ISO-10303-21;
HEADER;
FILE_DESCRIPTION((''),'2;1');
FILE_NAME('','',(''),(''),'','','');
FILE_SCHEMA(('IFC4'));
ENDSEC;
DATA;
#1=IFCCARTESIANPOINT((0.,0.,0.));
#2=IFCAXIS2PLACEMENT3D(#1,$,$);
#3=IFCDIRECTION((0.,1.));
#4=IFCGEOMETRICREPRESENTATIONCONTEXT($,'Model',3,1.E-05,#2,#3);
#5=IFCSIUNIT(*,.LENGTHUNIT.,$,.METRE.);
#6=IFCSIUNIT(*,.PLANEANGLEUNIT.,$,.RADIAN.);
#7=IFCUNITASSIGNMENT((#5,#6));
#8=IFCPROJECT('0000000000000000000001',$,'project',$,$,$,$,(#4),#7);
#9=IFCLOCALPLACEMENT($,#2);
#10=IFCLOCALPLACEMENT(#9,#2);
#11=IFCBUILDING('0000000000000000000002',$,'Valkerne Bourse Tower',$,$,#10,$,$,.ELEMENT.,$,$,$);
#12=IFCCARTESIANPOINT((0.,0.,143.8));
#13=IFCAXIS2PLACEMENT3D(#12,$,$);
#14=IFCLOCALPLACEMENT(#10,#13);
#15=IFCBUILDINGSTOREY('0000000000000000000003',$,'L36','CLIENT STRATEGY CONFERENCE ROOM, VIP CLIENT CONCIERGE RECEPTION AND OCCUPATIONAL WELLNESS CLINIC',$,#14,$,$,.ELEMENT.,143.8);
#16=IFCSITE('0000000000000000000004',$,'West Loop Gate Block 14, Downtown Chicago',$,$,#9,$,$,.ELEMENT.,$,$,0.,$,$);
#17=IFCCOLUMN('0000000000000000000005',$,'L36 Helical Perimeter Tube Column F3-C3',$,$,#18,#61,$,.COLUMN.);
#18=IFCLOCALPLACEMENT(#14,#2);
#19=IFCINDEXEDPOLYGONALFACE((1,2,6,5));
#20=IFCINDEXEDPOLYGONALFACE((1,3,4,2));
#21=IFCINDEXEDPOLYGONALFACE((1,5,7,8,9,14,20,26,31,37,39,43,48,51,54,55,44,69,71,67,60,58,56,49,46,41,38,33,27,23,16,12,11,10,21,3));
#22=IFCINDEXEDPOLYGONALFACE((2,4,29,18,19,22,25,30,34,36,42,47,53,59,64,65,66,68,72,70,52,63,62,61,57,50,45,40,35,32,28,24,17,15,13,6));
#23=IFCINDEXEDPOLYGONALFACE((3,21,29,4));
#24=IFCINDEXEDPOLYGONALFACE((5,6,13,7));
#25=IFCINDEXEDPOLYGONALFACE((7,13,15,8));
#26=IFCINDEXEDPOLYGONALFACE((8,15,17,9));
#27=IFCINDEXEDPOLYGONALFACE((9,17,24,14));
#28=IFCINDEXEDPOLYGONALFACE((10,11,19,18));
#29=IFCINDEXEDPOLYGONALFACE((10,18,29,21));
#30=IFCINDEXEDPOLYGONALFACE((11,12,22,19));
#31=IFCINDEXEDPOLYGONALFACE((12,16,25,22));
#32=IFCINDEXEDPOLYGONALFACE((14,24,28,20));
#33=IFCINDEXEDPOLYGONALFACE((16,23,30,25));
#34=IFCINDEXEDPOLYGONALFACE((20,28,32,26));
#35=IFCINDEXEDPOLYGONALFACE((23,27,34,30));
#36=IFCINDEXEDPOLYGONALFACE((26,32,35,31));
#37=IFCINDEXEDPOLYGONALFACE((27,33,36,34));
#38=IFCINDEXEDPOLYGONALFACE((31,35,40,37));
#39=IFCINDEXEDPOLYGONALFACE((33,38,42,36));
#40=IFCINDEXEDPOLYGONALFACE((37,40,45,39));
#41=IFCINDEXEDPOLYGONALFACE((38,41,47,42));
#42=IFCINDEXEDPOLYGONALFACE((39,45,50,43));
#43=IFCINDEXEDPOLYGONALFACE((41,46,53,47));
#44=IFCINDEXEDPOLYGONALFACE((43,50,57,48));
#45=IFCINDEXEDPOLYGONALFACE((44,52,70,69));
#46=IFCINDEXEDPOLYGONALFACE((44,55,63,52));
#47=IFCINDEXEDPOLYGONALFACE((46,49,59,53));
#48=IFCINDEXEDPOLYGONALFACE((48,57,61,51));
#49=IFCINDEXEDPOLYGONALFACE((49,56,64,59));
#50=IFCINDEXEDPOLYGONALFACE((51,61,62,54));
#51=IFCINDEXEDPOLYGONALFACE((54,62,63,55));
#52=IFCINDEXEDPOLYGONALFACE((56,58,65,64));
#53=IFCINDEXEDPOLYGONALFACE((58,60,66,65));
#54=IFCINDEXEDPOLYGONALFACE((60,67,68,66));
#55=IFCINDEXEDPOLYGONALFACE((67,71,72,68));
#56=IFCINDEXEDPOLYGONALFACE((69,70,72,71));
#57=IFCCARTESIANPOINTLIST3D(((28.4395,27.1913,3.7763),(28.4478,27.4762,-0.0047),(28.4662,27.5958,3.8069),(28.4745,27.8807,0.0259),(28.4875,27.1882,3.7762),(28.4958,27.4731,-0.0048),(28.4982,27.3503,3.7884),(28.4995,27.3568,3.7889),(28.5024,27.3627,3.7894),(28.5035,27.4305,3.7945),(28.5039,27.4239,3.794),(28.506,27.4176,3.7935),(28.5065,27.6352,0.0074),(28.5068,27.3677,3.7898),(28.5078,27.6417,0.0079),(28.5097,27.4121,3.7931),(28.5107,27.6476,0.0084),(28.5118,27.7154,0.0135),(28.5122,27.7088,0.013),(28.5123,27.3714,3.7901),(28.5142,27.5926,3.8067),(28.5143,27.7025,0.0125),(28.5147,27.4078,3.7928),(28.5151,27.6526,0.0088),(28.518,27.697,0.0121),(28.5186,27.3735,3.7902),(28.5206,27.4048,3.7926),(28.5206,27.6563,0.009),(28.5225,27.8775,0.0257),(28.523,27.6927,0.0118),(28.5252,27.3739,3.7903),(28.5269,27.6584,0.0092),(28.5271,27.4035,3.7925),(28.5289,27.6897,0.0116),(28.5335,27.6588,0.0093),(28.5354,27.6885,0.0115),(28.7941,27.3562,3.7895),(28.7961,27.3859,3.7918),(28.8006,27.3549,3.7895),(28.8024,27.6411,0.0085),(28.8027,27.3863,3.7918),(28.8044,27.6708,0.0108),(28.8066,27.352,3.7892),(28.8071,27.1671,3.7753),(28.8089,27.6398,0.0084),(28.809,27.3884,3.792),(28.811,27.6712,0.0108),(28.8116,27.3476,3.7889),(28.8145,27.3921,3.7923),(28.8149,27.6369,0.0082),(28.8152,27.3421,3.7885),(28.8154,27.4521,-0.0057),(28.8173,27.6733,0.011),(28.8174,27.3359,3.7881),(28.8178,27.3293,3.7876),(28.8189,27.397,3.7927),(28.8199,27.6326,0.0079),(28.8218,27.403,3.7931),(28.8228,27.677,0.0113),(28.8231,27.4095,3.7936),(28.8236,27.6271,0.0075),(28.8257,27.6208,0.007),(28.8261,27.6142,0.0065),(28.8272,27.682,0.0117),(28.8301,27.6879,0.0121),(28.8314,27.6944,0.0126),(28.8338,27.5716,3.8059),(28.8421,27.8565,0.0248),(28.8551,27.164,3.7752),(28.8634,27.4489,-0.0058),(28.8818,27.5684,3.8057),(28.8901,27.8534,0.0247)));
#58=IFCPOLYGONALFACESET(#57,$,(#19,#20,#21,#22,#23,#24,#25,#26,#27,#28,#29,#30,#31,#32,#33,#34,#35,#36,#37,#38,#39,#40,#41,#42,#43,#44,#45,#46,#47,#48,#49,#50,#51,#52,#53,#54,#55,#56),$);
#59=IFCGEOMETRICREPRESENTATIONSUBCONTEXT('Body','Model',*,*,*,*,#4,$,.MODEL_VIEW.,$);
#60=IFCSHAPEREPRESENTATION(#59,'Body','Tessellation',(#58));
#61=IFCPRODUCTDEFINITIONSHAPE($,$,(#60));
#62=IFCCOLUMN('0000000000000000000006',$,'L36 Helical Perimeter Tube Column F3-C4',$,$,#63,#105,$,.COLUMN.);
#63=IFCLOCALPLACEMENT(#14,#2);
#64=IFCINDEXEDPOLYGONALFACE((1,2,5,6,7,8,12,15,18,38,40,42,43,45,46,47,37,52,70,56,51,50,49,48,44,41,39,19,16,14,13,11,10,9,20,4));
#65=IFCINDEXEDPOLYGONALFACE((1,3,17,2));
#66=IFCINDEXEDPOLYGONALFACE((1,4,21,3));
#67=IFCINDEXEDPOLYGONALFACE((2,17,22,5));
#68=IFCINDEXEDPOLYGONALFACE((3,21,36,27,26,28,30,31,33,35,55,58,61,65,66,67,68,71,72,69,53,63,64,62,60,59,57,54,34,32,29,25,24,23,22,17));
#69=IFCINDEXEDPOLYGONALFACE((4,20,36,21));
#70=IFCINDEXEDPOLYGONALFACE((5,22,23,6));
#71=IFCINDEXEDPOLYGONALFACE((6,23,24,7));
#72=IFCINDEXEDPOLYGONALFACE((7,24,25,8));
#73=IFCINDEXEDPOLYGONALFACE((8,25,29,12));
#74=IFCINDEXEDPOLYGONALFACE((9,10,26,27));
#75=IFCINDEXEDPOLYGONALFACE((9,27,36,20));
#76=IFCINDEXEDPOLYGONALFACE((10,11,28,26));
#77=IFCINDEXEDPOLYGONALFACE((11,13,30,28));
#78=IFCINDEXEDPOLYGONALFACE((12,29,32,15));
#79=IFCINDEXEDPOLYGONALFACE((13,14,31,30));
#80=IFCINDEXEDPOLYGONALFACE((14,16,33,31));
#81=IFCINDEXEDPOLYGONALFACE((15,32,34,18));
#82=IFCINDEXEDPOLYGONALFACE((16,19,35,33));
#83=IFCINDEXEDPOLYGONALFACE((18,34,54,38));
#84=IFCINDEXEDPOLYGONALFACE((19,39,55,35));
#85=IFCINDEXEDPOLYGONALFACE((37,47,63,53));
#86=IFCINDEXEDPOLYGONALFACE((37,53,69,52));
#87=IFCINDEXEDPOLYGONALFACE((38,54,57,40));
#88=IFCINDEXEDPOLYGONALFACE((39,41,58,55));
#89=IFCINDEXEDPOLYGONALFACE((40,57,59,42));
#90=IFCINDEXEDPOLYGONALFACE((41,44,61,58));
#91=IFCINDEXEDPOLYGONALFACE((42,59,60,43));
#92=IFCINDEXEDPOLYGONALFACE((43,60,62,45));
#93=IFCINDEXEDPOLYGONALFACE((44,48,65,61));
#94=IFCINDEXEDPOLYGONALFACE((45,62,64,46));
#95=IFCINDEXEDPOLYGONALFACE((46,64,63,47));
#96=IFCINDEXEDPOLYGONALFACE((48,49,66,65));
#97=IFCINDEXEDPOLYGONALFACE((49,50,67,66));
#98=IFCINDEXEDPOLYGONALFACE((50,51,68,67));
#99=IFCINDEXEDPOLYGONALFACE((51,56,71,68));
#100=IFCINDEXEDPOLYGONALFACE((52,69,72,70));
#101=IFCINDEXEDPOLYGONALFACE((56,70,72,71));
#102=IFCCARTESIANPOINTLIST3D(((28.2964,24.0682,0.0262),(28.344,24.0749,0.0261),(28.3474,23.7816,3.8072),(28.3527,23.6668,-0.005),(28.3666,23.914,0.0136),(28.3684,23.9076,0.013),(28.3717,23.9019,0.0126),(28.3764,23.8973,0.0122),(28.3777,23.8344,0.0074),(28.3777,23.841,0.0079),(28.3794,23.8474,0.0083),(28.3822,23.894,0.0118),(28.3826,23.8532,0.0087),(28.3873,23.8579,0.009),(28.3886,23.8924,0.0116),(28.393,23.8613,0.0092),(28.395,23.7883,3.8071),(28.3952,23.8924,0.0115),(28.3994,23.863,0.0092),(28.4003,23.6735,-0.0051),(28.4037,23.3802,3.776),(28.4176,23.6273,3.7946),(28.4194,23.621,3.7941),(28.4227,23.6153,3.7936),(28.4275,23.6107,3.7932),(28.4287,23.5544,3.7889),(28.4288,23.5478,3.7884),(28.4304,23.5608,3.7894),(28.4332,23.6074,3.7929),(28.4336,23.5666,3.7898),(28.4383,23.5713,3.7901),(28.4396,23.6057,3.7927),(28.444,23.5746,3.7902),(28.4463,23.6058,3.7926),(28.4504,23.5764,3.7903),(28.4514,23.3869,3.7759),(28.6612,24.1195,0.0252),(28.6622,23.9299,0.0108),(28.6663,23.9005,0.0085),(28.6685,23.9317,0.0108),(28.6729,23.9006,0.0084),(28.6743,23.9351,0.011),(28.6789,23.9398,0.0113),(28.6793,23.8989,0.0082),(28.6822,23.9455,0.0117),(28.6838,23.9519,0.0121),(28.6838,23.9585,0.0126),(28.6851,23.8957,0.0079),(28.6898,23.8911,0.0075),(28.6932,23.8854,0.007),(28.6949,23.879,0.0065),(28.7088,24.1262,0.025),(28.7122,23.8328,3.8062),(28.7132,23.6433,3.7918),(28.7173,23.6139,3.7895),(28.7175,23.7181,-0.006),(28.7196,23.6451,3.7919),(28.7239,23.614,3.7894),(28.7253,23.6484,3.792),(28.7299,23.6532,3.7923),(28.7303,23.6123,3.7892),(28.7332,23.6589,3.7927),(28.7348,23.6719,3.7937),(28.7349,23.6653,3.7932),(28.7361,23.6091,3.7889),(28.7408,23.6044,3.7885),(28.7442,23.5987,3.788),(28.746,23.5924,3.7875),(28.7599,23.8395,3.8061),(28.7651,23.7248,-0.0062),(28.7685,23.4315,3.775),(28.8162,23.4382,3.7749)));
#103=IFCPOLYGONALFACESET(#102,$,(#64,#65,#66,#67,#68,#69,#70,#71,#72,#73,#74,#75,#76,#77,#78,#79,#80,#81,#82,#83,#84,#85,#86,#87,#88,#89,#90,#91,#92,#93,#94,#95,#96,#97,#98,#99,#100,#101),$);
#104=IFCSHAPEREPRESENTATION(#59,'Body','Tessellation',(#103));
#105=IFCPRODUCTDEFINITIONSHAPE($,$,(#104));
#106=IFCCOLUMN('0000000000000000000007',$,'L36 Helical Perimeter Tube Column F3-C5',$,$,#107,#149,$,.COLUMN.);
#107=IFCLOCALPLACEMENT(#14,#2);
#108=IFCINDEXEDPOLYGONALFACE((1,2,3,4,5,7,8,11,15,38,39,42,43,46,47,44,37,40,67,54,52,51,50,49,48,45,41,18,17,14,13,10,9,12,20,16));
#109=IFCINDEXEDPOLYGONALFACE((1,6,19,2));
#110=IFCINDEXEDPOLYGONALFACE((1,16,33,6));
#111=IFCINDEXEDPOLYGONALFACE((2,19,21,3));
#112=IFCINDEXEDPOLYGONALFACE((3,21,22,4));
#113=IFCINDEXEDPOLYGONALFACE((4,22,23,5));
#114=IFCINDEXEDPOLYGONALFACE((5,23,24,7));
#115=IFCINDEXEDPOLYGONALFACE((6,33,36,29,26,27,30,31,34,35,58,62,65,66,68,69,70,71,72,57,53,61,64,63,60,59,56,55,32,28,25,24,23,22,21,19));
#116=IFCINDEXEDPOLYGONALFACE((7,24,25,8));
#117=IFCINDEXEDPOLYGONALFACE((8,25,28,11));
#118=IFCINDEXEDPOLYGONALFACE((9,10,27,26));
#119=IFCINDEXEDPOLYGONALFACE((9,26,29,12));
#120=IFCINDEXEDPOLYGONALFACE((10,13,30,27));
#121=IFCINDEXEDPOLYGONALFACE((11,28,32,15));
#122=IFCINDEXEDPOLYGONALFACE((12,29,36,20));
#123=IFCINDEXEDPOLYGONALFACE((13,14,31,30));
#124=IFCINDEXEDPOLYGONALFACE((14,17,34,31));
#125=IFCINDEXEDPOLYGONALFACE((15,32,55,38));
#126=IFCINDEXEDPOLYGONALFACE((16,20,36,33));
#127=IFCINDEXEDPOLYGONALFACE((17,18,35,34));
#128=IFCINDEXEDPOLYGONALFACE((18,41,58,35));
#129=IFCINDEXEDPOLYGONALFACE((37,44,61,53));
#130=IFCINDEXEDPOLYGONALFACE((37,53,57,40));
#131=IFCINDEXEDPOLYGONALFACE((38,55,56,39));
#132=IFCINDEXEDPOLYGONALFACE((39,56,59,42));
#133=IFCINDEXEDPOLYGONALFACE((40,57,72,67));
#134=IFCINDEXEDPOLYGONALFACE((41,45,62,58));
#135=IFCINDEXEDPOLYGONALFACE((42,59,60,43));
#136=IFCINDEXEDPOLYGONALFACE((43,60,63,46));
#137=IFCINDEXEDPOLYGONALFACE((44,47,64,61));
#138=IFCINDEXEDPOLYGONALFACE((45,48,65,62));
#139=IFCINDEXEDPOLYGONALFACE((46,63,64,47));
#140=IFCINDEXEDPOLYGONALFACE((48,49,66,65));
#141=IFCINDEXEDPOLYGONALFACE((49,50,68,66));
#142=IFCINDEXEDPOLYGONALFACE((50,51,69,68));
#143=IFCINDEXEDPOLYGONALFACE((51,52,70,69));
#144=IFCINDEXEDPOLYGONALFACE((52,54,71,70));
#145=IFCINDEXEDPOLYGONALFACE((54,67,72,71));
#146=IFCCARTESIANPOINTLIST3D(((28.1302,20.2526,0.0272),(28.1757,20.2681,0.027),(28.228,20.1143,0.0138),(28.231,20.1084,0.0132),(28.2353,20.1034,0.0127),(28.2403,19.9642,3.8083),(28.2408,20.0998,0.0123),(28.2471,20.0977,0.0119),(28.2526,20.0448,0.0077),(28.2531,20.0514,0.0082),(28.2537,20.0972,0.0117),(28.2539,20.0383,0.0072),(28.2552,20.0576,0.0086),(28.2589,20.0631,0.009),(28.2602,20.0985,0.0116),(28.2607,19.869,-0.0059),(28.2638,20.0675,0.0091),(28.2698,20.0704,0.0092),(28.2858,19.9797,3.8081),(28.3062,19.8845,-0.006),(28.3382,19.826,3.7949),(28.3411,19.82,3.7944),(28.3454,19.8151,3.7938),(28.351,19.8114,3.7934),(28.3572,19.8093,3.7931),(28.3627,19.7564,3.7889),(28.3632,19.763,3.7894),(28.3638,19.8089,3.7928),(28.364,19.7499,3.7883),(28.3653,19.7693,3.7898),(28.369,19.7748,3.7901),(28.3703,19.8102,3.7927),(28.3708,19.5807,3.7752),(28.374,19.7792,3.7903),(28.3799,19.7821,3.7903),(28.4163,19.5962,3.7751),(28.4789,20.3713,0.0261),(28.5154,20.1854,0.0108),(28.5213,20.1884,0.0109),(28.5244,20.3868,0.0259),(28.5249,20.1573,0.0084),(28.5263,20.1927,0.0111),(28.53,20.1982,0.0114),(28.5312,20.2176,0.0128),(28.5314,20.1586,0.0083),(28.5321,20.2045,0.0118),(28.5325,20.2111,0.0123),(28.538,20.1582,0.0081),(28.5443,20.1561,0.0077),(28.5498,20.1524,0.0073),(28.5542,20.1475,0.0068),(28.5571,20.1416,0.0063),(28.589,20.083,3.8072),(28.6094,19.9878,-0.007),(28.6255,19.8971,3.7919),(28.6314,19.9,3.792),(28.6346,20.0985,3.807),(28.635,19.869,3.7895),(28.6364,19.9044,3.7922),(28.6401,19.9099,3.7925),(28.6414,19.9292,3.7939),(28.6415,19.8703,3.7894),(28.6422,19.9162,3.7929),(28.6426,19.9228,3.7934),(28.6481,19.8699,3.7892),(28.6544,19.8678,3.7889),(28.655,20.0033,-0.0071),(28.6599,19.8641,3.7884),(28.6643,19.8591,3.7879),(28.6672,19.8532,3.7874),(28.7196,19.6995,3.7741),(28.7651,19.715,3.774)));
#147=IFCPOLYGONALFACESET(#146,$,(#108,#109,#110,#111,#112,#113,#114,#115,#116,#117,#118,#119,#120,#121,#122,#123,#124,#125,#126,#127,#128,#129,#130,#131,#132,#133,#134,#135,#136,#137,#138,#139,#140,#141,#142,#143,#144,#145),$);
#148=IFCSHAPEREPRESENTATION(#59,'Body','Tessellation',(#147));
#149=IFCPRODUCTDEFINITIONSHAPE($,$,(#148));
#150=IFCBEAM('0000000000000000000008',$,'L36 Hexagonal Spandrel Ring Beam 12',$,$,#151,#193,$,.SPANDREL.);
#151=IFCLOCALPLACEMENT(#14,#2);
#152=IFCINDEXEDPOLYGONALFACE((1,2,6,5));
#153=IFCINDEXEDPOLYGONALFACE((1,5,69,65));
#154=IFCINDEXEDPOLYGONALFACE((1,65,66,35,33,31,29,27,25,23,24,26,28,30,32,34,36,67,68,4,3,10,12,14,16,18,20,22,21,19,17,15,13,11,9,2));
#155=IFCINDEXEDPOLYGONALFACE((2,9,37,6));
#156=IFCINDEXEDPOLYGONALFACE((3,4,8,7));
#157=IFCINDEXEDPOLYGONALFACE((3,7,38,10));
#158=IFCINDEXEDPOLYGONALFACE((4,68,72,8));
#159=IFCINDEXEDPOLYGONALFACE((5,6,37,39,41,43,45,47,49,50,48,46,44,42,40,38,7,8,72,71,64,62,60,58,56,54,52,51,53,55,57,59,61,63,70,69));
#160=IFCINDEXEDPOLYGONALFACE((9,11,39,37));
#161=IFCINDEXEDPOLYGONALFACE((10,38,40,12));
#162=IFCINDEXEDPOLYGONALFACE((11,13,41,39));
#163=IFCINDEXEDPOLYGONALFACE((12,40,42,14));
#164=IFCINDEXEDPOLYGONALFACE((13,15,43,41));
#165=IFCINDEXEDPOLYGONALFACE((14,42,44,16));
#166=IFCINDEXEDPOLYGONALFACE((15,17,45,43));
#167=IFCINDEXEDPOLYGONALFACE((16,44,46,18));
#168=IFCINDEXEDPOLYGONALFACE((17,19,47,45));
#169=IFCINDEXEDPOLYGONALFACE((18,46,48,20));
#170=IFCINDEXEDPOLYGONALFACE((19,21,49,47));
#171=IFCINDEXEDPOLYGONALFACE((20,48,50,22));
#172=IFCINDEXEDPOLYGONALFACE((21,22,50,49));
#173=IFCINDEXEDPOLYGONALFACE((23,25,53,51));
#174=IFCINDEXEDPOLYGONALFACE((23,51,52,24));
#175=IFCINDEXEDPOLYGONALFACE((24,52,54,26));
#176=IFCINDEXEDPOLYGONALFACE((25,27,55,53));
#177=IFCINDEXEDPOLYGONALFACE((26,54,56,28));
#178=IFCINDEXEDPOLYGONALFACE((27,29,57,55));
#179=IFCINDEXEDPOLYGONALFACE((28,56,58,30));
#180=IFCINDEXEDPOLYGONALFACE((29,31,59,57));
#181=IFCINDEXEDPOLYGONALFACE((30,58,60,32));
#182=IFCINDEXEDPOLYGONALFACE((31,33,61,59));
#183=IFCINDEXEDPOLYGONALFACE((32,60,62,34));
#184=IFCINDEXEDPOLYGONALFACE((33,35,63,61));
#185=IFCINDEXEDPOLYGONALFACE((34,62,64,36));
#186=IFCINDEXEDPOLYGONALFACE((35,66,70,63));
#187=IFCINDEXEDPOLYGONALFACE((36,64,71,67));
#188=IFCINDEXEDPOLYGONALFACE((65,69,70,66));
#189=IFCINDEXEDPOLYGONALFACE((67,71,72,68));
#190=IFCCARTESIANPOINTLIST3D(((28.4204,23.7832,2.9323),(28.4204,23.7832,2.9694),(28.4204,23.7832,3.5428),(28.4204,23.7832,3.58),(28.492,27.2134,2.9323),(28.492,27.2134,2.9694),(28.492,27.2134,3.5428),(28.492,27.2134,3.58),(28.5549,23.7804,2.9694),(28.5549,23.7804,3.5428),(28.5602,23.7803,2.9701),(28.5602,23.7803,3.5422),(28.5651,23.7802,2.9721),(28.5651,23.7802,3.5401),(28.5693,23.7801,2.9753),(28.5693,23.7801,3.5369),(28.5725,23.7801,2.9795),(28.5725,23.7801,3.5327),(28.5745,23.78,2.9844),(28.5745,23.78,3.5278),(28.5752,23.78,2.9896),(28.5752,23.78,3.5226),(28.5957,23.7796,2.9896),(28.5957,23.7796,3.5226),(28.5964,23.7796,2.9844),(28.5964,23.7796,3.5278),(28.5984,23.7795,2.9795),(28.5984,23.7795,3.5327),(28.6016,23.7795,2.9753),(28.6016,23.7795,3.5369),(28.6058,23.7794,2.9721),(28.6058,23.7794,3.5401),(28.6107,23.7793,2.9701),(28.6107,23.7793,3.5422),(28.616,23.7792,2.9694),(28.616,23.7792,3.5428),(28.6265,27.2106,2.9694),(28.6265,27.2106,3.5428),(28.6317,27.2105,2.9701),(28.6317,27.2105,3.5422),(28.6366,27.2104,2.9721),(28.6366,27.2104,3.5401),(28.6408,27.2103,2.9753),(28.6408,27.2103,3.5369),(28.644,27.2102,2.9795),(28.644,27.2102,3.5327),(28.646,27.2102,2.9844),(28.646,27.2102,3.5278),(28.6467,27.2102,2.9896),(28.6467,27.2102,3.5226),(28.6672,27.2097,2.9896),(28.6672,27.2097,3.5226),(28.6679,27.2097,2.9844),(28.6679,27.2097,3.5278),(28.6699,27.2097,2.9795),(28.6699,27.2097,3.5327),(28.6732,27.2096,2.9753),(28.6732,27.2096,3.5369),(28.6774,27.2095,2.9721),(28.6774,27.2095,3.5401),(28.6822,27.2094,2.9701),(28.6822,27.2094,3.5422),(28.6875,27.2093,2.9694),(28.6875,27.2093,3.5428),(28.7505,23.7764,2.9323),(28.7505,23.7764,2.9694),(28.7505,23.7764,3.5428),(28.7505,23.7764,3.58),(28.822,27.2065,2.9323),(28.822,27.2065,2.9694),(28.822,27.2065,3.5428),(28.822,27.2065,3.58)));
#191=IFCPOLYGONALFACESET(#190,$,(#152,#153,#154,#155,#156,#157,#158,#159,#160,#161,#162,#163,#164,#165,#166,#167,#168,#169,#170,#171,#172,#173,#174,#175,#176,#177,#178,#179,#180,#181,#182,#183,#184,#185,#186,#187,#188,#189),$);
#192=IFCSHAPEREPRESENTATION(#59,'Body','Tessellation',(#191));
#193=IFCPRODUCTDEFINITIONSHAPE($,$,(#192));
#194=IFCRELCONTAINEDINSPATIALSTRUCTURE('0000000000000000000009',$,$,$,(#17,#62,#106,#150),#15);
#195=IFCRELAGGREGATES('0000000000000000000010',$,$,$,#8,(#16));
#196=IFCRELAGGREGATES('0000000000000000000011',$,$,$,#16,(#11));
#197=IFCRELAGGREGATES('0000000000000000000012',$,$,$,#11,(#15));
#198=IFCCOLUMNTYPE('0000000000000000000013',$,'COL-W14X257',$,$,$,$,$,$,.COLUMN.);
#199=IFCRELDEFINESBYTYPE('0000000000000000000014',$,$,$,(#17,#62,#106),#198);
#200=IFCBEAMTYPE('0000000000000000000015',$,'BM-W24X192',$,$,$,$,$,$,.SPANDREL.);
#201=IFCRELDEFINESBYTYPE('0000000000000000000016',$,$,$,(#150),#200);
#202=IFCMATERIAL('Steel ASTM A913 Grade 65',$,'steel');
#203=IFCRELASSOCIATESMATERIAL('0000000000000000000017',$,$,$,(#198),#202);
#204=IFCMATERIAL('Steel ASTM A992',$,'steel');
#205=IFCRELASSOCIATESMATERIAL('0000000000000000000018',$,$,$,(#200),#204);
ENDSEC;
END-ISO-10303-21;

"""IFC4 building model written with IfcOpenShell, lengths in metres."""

from ifc_helpers import new_model, si_unit, direction, frame, origin, origin_2d, place, context, subcontext, project, spatial, i_section, extrude, material, material_profile, profile_set, type_object, element, save


model = new_model("IFC4")

# Units and contexts
model_context = context("Model", 3, precision=1e-05, world=origin(), true_north=direction((0.0, 1.0)))
body_context = subcontext(model_context, "Body", "Model", "MODEL_VIEW")
ifc_project = project(units=[si_unit("LENGTHUNIT", "METRE"), si_unit("PLANEANGLEUNIT", "RADIAN")], contexts=[model_context])

# Site, building, storey
site_placement = place(None, origin())
site = spatial("IfcSite", under=ifc_project, at=site_placement, Name="West Loop Gate Block 14, Downtown Chicago", CompositionType="ELEMENT", RefElevation=0.0)
building_placement = place(site_placement, origin())
building = spatial("IfcBuilding", under=site, at=building_placement, Name="Valkerne Bourse Tower", CompositionType="ELEMENT")
storey_placement = place(building_placement, frame((0.0, 0.0, 143.8)))
storey = spatial("IfcBuildingStorey", under=building, at=storey_placement, Name="L36", Description="CLIENT STRATEGY CONFERENCE ROOM, VIP CLIENT CONCIERGE RECEPTION AND OCCUPATIONAL WELLNESS CLINIC", CompositionType="ELEMENT", Elevation=143.8)

# Columns
ifc_material_1 = material(Name="Steel ASTM A913 Grade 65", Category="steel")
ifc_material_profile_1 = material_profile(ifc_material_1, i_section(OverallWidth=0.4065, OverallDepth=0.4165, WebThickness=0.0298, FlangeThickness=0.0481, FilletRadius=0.0254, at=origin_2d()), Name="W14X257")
ifc_profile_set_1 = profile_set([ifc_material_profile_1], Name="Steel ASTM A913 Grade 65")
column_type = type_object("IfcColumnType", Name="COL-W14X257", PredefinedType="COLUMN", material=ifc_profile_set_1)
column_1_placement = place(storey_placement, frame((28.6689, 27.6648, 0.01), z_axis=(-0.002189, -0.07514, 0.997171), x_axis=(-0.065648, -0.995011, -0.075122)))
element("IfcColumn", 1, at=column_1_placement, inside=storey, type_object=column_type, Name="L36 Helical Perimeter Tube Column F3-C3", PredefinedType="COLUMN", context=body_context, shape_type="SweptSolid", body=[
    extrude(i_section(OverallWidth=0.4065, OverallDepth=0.4165, WebThickness=0.0298, FlangeThickness=0.0481, FilletRadius=0.0254, at=origin_2d()), origin(), (0.0, 0.0, 1.0), 3.7917),
])
column_2_placement = place(storey_placement, frame((28.5308, 23.8965, 0.01), z_axis=(0.013455, -0.075582, 0.997049), x_axis=(0.138557, -0.987378, -0.076719)))
element("IfcColumn", 2, at=column_2_placement, inside=storey, type_object=column_type, Name="L36 Helical Perimeter Tube Column F3-C4", PredefinedType="COLUMN", context=body_context, shape_type="SweptSolid", body=[
    extrude(i_section(OverallWidth=0.4065, OverallDepth=0.4165, WebThickness=0.0298, FlangeThickness=0.0481, FilletRadius=0.0254, at=origin_2d()), origin(), (0.0, 0.0, 1.0), 3.7922),
])
column_3_placement = place(storey_placement, frame((28.3926, 20.1279, 0.01), z_axis=(0.029025, -0.076005, 0.996685), x_axis=(0.321098, -0.94355, -0.081303)))
element("IfcColumn", 3, at=column_3_placement, inside=storey, type_object=column_type, Name="L36 Helical Perimeter Tube Column F3-C5", PredefinedType="COLUMN", context=body_context, shape_type="SweptSolid", body=[
    extrude(i_section(OverallWidth=0.4065, OverallDepth=0.4165, WebThickness=0.0298, FlangeThickness=0.0481, FilletRadius=0.0254, at=origin_2d()), origin(), (0.0, 0.0, 1.0), 3.7937),
])

# Beam
ifc_material_2 = material(Name="Steel ASTM A992", Category="steel")
ifc_material_profile_2 = material_profile(ifc_material_2, i_section(OverallWidth=0.3301, OverallDepth=0.6477, WebThickness=0.0205, FlangeThickness=0.0371, FilletRadius=0.0203, at=origin_2d()), Name="W24X192")
ifc_profile_set_2 = profile_set([ifc_material_profile_2], Name="Steel ASTM A992")
beam_type_1 = type_object("IfcBeamType", Name="BM-W24X192", PredefinedType="SPANDREL", material=ifc_profile_set_2)
for number, where, z_axis, x_axis, name in (
    (4, (28.657, 27.21, 3.2561), (-0.02085, -0.999783, 0.0), (0.999783, -0.02085, 0.0), "L36 Hexagonal Spandrel Ring Beam 12"),
):
    element("IfcBeam", number, at=place(storey_placement, frame(where, z_axis=z_axis, x_axis=x_axis)), inside=storey, type_object=beam_type_1, Name=name, PredefinedType="SPANDREL", context=body_context, shape_type="SweptSolid", body=[
        extrude(i_section(OverallWidth=0.3301, OverallDepth=0.6477, WebThickness=0.0205, FlangeThickness=0.0371, FilletRadius=0.0203, at=origin_2d()), origin(), (0.0, 0.0, 1.0), 3.4309),
    ])

save(model, "model.ifc")
